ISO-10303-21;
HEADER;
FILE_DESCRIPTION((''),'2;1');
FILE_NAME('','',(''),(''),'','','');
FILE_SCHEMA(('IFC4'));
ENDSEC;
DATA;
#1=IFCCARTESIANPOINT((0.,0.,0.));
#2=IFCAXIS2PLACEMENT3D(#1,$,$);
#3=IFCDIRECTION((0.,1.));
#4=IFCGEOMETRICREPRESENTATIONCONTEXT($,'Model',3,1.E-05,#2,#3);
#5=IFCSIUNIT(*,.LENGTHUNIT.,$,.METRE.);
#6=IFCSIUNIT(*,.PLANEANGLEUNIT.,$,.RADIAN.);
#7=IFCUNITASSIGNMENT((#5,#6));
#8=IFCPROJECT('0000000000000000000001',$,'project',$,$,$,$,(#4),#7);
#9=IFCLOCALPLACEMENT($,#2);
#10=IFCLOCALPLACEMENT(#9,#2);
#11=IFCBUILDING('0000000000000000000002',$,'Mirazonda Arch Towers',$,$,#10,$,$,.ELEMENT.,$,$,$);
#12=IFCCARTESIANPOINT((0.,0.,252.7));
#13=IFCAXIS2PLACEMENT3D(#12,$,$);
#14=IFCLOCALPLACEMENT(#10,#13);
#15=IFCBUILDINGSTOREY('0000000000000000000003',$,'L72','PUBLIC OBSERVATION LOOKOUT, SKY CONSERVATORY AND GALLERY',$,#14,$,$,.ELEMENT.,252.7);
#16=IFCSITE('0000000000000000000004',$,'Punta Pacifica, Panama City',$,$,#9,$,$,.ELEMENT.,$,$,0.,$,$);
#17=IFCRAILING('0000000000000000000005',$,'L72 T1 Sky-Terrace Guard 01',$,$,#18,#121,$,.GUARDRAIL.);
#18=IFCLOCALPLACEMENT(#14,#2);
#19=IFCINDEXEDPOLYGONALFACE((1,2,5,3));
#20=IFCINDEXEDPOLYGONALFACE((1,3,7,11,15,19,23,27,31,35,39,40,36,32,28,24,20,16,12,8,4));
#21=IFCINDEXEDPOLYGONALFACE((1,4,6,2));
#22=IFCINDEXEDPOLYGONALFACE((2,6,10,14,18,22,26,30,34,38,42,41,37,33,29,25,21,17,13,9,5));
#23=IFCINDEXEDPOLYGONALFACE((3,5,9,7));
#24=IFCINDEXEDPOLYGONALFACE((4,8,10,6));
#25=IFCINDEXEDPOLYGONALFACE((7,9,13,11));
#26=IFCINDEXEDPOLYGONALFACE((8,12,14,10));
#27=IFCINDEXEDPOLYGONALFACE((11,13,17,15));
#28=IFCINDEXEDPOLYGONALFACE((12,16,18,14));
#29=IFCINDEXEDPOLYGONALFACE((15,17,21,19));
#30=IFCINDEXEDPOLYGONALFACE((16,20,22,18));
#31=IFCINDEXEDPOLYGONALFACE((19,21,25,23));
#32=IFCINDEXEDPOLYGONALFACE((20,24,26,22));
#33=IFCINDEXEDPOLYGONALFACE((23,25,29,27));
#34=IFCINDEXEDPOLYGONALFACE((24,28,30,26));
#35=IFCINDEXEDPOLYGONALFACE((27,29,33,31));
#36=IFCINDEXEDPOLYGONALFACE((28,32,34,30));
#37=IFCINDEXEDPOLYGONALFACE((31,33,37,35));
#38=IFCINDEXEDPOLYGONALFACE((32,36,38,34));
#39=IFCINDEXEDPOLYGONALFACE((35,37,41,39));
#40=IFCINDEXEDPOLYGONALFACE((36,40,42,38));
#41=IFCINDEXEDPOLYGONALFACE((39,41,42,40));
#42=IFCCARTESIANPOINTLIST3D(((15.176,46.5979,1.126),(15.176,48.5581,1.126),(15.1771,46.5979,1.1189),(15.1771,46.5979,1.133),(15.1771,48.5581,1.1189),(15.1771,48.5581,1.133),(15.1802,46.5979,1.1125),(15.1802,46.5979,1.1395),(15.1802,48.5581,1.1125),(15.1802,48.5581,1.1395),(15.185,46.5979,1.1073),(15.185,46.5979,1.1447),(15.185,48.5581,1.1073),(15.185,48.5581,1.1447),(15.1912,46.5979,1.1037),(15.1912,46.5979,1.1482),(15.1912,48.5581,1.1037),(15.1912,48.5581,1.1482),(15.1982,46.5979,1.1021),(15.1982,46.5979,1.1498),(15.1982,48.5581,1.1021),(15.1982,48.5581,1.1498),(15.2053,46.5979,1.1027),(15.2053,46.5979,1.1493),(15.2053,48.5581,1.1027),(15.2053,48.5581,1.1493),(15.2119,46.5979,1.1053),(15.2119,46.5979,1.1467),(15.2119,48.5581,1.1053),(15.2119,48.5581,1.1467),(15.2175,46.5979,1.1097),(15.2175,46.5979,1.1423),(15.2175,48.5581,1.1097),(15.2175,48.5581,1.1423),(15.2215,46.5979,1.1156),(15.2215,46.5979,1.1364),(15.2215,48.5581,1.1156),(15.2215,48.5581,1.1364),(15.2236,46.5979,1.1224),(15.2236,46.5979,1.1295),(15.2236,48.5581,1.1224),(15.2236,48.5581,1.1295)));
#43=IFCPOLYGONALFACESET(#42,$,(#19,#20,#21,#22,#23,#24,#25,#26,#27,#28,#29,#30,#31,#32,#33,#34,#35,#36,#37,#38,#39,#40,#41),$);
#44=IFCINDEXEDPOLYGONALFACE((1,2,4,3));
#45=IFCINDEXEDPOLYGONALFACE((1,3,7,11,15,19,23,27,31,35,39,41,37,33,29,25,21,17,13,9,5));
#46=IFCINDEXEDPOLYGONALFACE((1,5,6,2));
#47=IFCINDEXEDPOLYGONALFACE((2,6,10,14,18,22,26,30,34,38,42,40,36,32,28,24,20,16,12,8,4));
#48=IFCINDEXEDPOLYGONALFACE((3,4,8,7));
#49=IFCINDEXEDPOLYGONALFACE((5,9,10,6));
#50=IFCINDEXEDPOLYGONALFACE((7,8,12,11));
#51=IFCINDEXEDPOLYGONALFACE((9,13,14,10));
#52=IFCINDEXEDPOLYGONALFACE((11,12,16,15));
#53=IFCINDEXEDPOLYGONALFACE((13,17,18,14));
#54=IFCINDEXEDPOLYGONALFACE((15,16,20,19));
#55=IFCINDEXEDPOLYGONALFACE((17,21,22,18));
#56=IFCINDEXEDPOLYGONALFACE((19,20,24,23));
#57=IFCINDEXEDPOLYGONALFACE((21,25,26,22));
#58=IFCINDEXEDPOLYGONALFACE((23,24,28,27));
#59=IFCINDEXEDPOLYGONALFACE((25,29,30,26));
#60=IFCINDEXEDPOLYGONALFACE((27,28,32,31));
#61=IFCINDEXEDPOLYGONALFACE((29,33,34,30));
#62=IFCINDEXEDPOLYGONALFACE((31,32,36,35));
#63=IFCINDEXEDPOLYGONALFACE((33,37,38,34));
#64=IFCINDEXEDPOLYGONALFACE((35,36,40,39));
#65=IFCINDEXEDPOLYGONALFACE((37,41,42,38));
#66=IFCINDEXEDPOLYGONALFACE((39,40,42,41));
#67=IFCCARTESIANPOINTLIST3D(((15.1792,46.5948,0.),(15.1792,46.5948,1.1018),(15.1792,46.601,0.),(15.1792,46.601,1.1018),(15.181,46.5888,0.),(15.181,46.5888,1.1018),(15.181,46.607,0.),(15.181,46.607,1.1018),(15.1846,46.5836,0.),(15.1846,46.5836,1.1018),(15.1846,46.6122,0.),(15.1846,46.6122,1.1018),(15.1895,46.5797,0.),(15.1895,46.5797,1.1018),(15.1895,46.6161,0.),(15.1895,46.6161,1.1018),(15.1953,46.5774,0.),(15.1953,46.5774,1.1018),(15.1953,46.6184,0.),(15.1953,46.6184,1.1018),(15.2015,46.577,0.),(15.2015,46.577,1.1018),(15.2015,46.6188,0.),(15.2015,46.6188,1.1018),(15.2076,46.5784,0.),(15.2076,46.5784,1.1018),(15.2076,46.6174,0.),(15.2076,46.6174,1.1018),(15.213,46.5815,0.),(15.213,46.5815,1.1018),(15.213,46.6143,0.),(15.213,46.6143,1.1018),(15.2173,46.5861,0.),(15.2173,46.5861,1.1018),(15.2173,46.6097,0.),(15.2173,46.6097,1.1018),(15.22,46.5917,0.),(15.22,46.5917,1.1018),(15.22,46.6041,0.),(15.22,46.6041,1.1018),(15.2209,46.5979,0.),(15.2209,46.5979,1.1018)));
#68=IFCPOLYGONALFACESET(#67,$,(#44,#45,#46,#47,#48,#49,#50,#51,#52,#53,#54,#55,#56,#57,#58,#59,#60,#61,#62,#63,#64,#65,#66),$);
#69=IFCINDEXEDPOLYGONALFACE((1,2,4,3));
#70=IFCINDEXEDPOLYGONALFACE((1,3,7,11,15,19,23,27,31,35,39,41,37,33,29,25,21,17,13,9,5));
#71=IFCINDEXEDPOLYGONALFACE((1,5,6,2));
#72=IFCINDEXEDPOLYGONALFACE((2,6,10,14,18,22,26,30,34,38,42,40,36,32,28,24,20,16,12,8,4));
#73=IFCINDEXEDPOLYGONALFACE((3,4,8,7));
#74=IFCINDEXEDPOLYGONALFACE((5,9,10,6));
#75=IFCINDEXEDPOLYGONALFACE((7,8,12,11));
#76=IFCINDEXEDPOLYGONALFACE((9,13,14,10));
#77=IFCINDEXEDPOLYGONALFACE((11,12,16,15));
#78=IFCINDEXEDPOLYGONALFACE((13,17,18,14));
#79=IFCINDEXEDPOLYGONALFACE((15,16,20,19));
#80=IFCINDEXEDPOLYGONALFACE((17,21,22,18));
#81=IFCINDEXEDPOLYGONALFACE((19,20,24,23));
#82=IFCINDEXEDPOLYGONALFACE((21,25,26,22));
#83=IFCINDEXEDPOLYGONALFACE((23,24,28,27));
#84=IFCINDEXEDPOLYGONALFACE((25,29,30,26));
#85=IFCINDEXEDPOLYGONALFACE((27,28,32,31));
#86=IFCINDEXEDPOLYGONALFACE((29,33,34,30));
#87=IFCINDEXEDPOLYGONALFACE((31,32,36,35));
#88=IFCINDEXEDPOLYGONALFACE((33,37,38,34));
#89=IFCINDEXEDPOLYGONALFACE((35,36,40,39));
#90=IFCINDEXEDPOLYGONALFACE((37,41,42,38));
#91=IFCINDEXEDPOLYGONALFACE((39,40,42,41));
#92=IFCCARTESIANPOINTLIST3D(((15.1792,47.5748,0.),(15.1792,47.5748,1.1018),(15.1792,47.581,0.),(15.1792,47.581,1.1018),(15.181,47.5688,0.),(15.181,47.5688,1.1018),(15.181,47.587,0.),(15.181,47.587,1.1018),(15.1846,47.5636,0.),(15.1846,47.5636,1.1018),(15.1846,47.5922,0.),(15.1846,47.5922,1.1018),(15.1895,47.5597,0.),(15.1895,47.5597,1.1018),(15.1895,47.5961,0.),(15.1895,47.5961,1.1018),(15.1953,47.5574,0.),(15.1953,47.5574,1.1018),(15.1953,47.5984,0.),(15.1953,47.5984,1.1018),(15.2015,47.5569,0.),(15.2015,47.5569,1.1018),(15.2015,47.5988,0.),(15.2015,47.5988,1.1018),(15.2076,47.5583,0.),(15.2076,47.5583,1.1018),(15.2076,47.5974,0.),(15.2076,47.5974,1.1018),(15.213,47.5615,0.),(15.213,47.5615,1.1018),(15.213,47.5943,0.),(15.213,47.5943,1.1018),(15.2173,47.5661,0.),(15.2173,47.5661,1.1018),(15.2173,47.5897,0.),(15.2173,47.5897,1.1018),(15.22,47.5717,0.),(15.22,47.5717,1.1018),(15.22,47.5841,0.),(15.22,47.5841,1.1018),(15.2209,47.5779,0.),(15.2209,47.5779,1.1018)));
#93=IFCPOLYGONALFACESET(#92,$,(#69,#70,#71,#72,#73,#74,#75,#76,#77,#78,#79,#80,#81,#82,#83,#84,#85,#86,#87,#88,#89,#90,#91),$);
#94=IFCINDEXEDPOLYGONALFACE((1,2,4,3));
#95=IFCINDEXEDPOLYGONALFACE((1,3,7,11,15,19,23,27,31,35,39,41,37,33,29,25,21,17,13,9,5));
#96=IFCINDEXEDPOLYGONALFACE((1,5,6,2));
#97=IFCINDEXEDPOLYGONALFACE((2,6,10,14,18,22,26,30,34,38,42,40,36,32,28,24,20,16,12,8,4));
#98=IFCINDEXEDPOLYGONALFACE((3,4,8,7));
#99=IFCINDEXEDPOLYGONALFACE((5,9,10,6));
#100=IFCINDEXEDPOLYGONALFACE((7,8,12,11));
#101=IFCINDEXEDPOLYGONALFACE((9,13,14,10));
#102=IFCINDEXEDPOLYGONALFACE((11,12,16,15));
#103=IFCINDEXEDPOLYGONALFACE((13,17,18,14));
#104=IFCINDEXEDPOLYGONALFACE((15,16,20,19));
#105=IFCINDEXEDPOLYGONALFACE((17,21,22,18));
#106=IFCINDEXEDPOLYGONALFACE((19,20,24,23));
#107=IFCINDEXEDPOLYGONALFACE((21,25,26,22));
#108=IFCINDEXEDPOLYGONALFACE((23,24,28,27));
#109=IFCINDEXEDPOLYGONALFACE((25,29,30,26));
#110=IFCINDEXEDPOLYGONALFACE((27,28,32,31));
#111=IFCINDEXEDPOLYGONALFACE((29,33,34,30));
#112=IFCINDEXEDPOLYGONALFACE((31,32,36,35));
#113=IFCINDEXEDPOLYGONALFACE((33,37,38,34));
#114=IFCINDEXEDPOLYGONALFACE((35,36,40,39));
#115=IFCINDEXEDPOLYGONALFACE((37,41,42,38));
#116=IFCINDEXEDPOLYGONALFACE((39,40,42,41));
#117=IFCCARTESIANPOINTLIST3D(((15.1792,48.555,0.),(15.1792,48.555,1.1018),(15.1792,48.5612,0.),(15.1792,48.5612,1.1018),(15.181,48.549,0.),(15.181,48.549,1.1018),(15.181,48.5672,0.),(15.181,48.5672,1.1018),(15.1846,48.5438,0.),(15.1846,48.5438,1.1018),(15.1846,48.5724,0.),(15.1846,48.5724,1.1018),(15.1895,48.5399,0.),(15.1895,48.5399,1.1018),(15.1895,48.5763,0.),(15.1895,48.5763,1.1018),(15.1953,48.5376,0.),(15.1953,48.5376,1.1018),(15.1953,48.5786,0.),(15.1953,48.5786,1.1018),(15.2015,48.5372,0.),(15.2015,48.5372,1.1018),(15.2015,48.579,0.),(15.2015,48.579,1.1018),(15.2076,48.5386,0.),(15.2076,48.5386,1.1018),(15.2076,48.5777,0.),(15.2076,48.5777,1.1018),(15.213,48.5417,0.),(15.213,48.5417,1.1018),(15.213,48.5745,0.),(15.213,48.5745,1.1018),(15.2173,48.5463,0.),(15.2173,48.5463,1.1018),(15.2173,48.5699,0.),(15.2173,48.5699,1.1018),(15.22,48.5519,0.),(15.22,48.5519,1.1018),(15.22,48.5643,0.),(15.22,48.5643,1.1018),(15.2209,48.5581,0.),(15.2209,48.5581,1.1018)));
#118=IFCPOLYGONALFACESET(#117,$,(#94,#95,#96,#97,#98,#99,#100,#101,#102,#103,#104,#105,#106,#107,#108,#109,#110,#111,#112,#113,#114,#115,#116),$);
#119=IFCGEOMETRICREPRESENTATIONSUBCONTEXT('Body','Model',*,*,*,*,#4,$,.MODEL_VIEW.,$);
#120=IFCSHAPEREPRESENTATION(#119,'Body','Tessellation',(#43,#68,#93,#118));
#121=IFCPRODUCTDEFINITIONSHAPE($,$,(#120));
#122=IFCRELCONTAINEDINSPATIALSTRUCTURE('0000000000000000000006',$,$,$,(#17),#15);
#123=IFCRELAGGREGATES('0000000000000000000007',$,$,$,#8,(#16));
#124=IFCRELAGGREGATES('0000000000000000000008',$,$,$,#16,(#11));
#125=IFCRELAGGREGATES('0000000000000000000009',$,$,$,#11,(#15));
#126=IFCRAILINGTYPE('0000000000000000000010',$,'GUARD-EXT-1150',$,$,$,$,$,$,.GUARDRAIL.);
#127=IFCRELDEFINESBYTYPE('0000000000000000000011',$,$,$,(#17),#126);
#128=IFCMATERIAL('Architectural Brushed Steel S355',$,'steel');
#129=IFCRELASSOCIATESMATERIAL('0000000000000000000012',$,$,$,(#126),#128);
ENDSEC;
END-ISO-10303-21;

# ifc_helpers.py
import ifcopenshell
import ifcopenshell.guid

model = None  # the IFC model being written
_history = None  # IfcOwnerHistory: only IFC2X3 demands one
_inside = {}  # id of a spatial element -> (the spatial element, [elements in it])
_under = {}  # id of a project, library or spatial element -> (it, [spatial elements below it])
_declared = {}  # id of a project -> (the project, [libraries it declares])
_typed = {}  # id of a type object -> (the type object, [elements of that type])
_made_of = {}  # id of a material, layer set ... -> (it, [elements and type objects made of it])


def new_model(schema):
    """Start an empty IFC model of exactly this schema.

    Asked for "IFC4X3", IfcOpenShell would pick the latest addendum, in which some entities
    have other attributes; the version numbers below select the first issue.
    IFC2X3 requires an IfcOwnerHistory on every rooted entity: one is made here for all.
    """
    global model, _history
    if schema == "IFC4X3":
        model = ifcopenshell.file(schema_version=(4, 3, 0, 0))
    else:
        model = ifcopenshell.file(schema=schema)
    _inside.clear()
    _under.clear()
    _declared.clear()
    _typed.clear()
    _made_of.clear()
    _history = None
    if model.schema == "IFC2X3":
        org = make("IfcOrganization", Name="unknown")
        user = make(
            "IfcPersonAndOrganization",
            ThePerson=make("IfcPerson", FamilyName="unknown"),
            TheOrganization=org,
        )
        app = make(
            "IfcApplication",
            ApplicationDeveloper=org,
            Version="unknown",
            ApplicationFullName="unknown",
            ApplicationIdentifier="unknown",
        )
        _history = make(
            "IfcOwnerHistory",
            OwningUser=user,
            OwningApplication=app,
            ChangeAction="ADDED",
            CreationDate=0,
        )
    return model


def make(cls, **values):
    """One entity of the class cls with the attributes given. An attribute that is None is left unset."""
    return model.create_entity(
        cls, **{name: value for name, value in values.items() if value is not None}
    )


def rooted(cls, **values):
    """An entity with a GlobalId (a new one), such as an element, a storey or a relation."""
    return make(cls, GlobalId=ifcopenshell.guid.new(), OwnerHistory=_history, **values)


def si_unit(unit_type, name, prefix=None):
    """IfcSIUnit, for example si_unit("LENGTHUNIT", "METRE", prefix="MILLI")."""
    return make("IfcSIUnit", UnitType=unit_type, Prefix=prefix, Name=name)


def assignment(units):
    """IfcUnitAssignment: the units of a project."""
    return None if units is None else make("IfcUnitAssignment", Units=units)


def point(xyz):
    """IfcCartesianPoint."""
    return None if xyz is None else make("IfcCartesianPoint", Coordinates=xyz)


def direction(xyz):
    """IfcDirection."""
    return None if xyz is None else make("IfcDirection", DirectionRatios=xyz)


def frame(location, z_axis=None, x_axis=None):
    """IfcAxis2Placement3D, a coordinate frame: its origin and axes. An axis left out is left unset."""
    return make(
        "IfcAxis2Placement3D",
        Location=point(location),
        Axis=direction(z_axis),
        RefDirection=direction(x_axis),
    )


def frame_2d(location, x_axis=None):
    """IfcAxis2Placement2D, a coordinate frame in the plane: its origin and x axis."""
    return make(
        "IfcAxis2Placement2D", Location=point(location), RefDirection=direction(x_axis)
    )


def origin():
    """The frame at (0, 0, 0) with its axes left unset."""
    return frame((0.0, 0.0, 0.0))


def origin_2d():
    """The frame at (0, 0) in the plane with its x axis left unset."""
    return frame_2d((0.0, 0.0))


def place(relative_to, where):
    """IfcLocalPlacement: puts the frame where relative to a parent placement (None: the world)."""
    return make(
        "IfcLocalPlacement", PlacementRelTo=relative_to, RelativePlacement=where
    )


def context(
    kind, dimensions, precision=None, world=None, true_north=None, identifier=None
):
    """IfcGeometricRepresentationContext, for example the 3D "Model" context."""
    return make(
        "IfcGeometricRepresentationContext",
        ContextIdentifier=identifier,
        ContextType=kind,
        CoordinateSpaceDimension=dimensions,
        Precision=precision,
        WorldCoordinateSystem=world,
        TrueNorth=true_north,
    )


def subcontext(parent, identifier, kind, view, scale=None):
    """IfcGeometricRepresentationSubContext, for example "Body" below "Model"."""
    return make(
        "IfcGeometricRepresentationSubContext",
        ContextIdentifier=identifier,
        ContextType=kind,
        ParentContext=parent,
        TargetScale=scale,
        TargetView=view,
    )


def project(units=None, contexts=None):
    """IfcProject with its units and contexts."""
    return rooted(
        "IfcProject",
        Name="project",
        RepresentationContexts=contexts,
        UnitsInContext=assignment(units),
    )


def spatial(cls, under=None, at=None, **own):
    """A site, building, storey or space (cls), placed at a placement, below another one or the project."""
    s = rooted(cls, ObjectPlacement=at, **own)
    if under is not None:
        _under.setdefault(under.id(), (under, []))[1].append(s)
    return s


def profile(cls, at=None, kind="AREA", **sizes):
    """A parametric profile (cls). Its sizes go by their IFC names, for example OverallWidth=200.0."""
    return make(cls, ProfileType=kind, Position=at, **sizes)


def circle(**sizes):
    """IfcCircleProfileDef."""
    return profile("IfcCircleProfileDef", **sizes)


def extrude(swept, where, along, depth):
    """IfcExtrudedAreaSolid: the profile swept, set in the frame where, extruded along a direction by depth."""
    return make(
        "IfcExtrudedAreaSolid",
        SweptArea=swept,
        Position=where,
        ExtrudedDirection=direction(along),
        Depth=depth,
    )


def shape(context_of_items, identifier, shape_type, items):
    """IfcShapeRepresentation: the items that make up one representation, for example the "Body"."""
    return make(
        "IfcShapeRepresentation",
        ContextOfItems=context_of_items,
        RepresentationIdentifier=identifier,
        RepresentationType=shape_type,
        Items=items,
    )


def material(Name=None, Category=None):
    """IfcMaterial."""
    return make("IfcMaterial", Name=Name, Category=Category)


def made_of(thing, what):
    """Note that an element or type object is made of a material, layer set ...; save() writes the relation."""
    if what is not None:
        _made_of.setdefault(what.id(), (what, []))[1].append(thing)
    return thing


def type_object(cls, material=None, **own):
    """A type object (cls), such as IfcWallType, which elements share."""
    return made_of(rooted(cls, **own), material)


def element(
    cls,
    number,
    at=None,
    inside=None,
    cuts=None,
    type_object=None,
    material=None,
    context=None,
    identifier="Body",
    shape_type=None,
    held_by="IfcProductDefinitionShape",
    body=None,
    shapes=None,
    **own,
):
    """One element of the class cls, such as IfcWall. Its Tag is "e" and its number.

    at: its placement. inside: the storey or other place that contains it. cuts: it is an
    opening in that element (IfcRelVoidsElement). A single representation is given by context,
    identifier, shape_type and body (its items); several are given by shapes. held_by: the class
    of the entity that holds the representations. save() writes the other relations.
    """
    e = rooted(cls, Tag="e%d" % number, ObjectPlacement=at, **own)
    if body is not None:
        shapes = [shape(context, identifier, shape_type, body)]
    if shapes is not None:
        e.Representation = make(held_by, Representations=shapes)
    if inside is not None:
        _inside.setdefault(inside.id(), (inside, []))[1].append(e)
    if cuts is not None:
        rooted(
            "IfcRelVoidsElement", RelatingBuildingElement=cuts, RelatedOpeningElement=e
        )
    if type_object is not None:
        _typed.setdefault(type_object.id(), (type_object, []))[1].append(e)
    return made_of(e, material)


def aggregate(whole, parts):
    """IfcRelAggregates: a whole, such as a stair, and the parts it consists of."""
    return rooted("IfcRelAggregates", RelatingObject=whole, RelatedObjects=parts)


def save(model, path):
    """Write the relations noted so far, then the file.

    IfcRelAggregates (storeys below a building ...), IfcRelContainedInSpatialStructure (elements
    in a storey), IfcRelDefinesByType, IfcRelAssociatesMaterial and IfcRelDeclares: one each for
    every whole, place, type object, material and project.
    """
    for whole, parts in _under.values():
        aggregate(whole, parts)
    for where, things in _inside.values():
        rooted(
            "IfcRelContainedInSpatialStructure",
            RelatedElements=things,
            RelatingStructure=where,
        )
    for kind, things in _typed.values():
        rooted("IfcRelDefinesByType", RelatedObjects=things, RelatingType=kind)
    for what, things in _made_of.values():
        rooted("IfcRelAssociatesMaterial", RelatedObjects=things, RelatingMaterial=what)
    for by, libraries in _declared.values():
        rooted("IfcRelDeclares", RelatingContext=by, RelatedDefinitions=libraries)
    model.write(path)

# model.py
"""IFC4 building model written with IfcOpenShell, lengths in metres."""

from ifc_helpers import new_model, si_unit, direction, frame, origin, origin_2d, place, context, subcontext, project, spatial, circle, extrude, material, type_object, element, save


model = new_model("IFC4")

# Units and contexts
model_context = context("Model", 3, precision=1e-05, world=origin(), true_north=direction((0.0, 1.0)))
body_context = subcontext(model_context, "Body", "Model", "MODEL_VIEW")
ifc_project = project(units=[si_unit("LENGTHUNIT", "METRE"), si_unit("PLANEANGLEUNIT", "RADIAN")], contexts=[model_context])

# Site, building, storey
site_placement = place(None, origin())
site = spatial("IfcSite", under=ifc_project, at=site_placement, Name="Punta Pacifica, Panama City", CompositionType="ELEMENT", RefElevation=0.0)
building_placement = place(site_placement, origin())
building = spatial("IfcBuilding", under=site, at=building_placement, Name="Mirazonda Arch Towers", CompositionType="ELEMENT")
storey_placement = place(building_placement, frame((0.0, 0.0, 252.7)))
storey = spatial("IfcBuildingStorey", under=building, at=storey_placement, Name="L72", Description="PUBLIC OBSERVATION LOOKOUT, SKY CONSERVATORY AND GALLERY", CompositionType="ELEMENT", Elevation=252.7)

# Shared definitions
ifc_material_1 = material(Name="Architectural Brushed Steel S355", Category="steel")

# Railing
railing_type_1 = type_object("IfcRailingType", Name="GUARD-EXT-1150", PredefinedType="GUARDRAIL", material=ifc_material_1)
railing_1_placement = place(storey_placement, frame((15.2, 46.5979, 0.0)))
element("IfcRailing", 1, at=railing_1_placement, inside=storey, type_object=railing_type_1, Name="L72 T1 Sky-Terrace Guard 01", PredefinedType="GUARDRAIL", context=body_context, shape_type="SweptSolid", body=[
    extrude(circle(Radius=0.0239, at=origin_2d()), frame((0.0, 0.0, 1.126), z_axis=(0.0, 1.0, 0.0), x_axis=(-1.0, 0.0, 0.0)), (0.0, 0.0, 1.0), 1.9602),
    extrude(circle(Radius=0.021, at=origin_2d()), origin(), (0.0, 0.0, 1.0), 1.1018),
    extrude(circle(Radius=0.021, at=origin_2d()), frame((0.0, 0.98, 0.0)), (0.0, 0.0, 1.0), 1.1018),
    extrude(circle(Radius=0.021, at=origin_2d()), frame((0.0, 1.9602, 0.0)), (0.0, 0.0, 1.0), 1.1018),
])

save(model, "model.ifc")
